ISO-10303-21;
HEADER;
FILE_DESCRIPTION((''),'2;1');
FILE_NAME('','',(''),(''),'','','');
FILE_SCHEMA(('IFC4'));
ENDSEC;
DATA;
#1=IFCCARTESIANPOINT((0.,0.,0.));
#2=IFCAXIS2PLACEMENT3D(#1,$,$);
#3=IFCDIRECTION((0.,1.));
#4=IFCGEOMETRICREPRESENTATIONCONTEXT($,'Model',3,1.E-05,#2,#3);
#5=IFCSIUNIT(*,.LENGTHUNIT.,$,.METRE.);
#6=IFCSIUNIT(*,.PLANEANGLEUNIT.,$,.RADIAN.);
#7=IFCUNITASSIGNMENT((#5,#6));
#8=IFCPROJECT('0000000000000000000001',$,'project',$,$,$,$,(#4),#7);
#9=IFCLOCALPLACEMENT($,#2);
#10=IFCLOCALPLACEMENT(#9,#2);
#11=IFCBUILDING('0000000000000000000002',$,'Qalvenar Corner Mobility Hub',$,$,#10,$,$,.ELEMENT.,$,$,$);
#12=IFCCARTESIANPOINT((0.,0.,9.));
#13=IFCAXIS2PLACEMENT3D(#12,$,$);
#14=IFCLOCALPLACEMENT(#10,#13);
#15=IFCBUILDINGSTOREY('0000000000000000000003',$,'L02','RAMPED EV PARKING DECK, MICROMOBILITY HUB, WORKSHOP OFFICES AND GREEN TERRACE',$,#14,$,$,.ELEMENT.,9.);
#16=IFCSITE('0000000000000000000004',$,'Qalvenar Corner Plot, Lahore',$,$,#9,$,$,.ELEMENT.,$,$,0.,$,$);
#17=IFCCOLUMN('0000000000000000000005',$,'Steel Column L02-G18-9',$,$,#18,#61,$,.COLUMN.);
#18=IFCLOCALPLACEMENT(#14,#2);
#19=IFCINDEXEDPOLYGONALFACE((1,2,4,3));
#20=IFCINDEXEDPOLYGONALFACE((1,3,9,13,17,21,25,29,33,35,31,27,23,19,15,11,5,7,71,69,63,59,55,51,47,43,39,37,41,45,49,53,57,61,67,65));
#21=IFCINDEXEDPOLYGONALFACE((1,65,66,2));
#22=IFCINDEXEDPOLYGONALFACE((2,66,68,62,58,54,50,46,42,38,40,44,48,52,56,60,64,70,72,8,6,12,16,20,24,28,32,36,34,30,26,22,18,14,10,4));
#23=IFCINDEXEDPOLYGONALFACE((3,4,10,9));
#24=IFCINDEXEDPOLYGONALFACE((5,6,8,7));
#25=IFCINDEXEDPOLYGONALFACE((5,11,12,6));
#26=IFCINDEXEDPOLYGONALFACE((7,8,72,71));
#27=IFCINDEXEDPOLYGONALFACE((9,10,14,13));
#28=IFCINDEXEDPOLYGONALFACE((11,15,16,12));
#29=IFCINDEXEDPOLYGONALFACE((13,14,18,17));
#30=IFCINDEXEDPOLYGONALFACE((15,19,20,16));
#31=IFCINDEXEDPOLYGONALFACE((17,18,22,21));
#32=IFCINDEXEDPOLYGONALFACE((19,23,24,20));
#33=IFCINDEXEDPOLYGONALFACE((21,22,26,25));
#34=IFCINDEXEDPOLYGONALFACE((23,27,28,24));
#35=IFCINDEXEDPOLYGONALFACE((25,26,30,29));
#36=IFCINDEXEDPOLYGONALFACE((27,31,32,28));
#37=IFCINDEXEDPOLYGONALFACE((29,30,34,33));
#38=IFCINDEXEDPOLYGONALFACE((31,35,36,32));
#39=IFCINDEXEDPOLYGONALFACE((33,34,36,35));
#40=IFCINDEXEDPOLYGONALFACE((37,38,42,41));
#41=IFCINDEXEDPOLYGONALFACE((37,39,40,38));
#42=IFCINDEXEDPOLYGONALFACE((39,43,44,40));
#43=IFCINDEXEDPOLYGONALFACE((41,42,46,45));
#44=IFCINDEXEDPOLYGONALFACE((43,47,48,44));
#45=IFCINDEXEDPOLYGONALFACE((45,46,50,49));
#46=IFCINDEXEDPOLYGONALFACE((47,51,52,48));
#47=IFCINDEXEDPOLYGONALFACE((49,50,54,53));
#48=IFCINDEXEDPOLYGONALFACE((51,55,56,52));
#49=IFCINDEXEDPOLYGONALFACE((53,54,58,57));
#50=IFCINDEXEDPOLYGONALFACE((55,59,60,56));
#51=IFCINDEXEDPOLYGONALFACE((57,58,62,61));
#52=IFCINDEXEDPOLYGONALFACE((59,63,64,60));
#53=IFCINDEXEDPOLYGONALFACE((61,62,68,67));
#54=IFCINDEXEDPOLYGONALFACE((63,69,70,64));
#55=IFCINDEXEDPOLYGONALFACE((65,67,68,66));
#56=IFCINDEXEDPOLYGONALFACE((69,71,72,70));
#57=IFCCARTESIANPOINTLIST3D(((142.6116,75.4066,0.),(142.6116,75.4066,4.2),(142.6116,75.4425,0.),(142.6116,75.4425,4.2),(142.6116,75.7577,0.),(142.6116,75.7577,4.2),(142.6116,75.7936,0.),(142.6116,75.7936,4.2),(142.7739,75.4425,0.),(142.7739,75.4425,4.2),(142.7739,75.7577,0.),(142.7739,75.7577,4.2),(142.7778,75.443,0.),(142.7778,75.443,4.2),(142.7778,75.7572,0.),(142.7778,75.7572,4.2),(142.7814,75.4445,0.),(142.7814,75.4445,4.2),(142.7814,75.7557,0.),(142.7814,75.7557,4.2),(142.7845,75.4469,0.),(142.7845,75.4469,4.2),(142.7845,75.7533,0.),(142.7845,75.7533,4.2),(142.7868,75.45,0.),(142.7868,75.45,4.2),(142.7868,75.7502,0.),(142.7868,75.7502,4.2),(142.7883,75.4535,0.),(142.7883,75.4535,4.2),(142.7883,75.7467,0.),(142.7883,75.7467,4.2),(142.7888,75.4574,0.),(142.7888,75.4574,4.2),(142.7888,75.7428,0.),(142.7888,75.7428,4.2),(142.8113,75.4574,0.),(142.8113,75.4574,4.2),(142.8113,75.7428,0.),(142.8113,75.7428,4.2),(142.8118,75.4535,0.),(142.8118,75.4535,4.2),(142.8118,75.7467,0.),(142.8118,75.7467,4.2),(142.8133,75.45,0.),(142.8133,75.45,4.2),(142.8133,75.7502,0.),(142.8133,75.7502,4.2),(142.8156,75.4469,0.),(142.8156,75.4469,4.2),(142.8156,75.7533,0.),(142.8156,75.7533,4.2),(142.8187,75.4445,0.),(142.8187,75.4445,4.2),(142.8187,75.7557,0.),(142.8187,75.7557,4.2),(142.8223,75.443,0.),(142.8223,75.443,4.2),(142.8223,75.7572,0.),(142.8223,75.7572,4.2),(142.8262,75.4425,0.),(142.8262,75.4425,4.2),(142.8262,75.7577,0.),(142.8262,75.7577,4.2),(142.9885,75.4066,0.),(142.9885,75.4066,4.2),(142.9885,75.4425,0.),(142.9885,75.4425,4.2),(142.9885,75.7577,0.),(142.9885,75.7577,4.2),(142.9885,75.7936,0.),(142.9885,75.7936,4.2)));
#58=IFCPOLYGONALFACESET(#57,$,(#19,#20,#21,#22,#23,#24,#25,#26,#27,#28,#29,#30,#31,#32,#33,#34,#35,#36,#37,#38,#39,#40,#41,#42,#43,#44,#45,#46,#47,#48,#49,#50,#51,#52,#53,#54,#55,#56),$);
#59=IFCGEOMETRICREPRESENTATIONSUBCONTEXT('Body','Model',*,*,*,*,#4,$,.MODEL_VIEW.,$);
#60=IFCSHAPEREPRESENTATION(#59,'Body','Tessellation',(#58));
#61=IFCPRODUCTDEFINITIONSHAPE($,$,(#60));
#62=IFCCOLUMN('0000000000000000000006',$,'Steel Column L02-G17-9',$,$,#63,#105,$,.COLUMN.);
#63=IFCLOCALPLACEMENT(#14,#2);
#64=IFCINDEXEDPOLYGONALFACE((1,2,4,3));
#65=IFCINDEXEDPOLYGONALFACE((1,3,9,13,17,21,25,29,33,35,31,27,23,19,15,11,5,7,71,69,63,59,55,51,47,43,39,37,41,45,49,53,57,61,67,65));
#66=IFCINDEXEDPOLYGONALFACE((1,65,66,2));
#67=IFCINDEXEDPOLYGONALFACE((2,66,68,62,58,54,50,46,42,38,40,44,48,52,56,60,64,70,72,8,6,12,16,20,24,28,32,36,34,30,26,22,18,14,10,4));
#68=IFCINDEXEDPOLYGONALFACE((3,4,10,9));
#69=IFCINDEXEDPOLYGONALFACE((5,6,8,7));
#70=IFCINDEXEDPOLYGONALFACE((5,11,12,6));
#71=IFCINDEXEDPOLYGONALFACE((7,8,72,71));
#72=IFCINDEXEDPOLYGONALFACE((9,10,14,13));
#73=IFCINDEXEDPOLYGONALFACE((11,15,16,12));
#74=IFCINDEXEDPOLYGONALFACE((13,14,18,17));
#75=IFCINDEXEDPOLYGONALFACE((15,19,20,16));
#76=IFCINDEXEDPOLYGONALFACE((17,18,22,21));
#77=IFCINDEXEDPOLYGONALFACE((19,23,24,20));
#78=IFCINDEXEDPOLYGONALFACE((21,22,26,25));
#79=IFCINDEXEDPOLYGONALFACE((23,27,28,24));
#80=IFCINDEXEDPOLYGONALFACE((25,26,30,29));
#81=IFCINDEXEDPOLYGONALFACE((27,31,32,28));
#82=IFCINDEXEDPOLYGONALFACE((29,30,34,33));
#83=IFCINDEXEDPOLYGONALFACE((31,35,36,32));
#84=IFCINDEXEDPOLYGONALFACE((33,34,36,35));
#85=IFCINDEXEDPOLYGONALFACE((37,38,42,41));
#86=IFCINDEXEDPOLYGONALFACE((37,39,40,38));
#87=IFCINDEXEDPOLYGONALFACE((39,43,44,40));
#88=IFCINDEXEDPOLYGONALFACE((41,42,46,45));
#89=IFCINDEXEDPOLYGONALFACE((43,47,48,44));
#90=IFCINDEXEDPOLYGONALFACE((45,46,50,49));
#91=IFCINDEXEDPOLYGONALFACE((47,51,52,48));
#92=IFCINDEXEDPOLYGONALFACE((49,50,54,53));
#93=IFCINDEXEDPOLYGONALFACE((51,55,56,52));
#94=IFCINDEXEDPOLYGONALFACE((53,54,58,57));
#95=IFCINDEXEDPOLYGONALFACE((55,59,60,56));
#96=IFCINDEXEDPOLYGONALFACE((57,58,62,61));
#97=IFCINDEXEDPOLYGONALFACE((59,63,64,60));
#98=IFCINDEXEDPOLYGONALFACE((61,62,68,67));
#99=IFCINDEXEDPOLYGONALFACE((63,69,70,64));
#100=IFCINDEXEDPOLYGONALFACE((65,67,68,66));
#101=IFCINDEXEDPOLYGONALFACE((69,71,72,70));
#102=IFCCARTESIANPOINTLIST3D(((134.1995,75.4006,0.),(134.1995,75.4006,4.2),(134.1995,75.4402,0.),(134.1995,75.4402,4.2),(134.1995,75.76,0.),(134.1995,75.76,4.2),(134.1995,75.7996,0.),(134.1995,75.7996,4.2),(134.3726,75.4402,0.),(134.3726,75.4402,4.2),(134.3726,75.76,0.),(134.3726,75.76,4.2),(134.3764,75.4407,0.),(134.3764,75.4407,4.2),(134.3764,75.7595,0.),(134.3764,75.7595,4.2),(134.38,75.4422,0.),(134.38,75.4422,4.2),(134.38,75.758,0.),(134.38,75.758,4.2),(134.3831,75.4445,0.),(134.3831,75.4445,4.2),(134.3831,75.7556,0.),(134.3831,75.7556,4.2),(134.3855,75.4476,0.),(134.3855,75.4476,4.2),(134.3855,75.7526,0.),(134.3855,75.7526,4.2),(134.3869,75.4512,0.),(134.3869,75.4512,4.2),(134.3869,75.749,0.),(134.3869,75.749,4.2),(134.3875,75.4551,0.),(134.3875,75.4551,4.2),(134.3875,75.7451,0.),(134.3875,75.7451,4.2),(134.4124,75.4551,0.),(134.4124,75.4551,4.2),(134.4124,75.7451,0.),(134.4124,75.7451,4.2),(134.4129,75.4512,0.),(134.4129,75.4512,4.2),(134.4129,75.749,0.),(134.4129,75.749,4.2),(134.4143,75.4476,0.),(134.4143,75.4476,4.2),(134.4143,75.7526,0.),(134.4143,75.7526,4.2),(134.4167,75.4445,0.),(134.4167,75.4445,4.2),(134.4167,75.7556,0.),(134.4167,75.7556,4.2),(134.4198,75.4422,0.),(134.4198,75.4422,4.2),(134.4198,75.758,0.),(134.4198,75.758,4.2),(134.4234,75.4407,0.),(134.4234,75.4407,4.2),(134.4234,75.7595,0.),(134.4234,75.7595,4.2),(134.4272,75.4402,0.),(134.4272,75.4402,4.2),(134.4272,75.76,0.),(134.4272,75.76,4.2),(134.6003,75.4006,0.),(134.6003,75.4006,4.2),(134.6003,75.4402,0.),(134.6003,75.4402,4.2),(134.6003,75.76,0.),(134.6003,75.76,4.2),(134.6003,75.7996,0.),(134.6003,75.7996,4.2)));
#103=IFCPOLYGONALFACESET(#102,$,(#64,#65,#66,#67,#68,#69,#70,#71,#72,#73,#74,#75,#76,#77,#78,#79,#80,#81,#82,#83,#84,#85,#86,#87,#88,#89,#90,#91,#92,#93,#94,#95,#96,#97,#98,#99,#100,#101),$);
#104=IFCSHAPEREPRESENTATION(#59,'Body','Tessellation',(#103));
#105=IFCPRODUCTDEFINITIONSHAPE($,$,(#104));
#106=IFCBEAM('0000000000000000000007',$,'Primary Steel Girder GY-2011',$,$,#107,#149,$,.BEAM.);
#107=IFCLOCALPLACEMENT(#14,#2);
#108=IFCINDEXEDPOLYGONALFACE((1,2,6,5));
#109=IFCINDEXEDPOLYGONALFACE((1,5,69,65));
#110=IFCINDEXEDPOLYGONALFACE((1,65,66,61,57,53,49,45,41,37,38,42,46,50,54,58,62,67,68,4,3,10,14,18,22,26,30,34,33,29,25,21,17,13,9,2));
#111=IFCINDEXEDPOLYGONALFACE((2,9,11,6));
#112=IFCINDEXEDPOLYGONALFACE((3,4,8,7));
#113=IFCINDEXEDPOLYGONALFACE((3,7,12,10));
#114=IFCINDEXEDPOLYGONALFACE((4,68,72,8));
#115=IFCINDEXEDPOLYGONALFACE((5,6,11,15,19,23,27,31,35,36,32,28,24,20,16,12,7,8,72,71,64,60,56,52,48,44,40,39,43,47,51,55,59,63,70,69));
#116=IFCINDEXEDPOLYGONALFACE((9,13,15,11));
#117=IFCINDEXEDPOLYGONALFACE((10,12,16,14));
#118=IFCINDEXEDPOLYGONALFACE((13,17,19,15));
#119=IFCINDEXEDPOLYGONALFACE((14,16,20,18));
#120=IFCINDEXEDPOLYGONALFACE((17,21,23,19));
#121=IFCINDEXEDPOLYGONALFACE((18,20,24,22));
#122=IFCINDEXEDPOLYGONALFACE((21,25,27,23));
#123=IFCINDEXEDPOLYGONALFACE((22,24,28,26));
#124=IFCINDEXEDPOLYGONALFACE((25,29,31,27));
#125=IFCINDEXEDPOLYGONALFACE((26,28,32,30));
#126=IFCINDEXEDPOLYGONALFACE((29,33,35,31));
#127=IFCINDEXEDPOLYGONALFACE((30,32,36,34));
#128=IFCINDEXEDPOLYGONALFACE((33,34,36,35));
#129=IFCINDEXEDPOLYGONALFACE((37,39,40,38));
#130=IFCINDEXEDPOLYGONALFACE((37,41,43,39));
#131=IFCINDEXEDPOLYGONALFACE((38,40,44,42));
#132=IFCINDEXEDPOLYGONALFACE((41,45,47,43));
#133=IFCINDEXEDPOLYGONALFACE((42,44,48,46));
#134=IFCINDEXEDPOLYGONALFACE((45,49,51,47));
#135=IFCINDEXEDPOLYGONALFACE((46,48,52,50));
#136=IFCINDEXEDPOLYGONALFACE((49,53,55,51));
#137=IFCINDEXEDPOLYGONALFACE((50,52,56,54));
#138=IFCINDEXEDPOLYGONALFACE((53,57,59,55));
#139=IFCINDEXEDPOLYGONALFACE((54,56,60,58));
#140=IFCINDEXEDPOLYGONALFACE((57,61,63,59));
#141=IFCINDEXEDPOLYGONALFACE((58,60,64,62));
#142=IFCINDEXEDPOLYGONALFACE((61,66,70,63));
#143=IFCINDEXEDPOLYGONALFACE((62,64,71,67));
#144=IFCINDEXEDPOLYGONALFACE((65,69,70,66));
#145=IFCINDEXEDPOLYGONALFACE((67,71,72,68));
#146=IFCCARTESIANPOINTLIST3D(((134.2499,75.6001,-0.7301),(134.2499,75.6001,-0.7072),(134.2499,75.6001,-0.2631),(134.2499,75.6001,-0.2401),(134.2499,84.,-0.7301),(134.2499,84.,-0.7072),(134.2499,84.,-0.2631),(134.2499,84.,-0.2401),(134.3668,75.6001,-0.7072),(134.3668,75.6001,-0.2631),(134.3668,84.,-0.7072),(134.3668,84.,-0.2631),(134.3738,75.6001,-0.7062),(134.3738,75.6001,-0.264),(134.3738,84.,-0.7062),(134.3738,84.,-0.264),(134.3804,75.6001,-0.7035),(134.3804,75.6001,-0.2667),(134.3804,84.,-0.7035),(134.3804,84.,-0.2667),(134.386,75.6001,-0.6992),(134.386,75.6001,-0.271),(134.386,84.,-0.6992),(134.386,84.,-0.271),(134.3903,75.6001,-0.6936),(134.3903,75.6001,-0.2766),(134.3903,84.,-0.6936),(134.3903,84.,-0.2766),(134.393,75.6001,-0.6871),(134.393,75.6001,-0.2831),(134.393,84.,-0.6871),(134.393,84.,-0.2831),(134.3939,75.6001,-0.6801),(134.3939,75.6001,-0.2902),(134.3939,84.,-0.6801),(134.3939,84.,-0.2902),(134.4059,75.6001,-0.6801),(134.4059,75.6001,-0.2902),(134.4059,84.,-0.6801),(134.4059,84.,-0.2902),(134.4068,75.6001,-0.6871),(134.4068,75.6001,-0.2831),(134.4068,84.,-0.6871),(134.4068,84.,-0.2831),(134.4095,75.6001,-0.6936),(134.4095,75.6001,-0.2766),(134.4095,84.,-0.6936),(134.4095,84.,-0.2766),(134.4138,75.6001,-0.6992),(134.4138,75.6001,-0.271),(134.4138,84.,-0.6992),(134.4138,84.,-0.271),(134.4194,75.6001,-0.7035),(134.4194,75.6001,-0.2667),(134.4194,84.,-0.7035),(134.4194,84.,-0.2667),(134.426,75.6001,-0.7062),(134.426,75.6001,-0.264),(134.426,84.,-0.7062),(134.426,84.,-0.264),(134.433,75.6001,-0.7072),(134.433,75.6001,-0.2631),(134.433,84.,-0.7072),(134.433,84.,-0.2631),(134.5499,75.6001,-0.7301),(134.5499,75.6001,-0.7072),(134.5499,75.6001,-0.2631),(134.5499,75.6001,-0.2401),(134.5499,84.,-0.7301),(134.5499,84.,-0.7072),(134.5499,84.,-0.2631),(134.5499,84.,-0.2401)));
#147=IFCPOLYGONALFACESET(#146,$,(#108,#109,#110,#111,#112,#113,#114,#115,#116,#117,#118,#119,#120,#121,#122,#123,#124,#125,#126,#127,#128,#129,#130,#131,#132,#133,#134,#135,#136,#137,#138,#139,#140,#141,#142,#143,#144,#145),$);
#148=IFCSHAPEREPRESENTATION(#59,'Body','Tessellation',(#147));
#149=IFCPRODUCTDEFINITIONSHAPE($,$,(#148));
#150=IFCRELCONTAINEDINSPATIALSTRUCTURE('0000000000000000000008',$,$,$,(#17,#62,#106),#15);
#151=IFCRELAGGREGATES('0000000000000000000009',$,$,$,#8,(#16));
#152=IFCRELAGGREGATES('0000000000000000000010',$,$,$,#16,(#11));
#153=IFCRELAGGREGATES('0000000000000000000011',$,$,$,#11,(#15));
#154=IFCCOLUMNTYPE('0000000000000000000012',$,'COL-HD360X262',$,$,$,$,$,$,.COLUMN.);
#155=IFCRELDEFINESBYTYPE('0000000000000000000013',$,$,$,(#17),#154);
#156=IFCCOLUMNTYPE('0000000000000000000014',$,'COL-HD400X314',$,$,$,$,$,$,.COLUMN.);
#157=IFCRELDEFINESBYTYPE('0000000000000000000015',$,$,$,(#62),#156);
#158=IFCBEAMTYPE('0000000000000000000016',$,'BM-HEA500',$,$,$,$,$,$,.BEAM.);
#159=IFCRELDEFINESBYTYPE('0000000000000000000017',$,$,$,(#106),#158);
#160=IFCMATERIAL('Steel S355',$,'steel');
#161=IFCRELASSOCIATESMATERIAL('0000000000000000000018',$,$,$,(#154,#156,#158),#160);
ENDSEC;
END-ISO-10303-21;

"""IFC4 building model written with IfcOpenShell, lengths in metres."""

from ifc_helpers import new_model, si_unit, direction, frame, origin, origin_2d, place, context, subcontext, project, spatial, i_section, extrude, material, material_profile, profile_set, type_object, element, save


model = new_model("IFC4")

# Units and contexts
model_context = context("Model", 3, precision=1e-05, world=origin(), true_north=direction((0.0, 1.0)))
body_context = subcontext(model_context, "Body", "Model", "MODEL_VIEW")
ifc_project = project(units=[si_unit("LENGTHUNIT", "METRE"), si_unit("PLANEANGLEUNIT", "RADIAN")], contexts=[model_context])

# Site, building, storey
site_placement = place(None, origin())
site = spatial("IfcSite", under=ifc_project, at=site_placement, Name="Qalvenar Corner Plot, Lahore", CompositionType="ELEMENT", RefElevation=0.0)
building_placement = place(site_placement, origin())
building = spatial("IfcBuilding", under=site, at=building_placement, Name="Qalvenar Corner Mobility Hub", CompositionType="ELEMENT")
storey_placement = place(building_placement, frame((0.0, 0.0, 9.0)))
storey = spatial("IfcBuildingStorey", under=building, at=storey_placement, Name="L02", Description="RAMPED EV PARKING DECK, MICROMOBILITY HUB, WORKSHOP OFFICES AND GREEN TERRACE", CompositionType="ELEMENT", Elevation=9.0)

# Columns
ifc_material_1 = material(Name="Steel S355", Category="steel")
ifc_material_profile_1 = material_profile(ifc_material_1, i_section(OverallWidth=0.377, OverallDepth=0.387, WebThickness=0.0225, FlangeThickness=0.0359, FilletRadius=0.0149, at=origin_2d()), Name="HD360x262")
ifc_profile_set_1 = profile_set([ifc_material_profile_1], Name="Steel S355")
column_type_1 = type_object("IfcColumnType", Name="COL-HD360X262", PredefinedType="COLUMN", material=ifc_profile_set_1)
column_1_placement = place(storey_placement, frame((142.8, 75.6001, 0.0), z_axis=(0.0, 0.0, 1.0), x_axis=(1.0, 0.0, 0.0)))
element("IfcColumn", 1, at=column_1_placement, inside=storey, type_object=column_type_1, Name="Steel Column L02-G18-9", PredefinedType="COLUMN", context=body_context, shape_type="SweptSolid", body=[
    extrude(i_section(OverallWidth=0.377, OverallDepth=0.387, WebThickness=0.0225, FlangeThickness=0.0359, FilletRadius=0.0149, at=origin_2d()), origin(), (0.0, 0.0, 1.0), 4.2),
])
ifc_material_profile_2 = material_profile(ifc_material_1, i_section(OverallWidth=0.4009, OverallDepth=0.3989, WebThickness=0.0249, FlangeThickness=0.0396, FilletRadius=0.0149, at=origin_2d()), Name="HD400x314")
ifc_profile_set_2 = profile_set([ifc_material_profile_2], Name="Steel S355")
column_type_2 = type_object("IfcColumnType", Name="COL-HD400X314", PredefinedType="COLUMN", material=ifc_profile_set_2)
column_2_placement = place(storey_placement, frame((134.3999, 75.6001, 0.0), z_axis=(0.0, 0.0, 1.0), x_axis=(1.0, 0.0, 0.0)))
element("IfcColumn", 2, at=column_2_placement, inside=storey, type_object=column_type_2, Name="Steel Column L02-G17-9", PredefinedType="COLUMN", context=body_context, shape_type="SweptSolid", body=[
    extrude(i_section(OverallWidth=0.4009, OverallDepth=0.3989, WebThickness=0.0249, FlangeThickness=0.0396, FilletRadius=0.0149, at=origin_2d()), origin(), (0.0, 0.0, 1.0), 4.2),
])

# Beam
ifc_material_profile_3 = material_profile(ifc_material_1, i_section(OverallWidth=0.3, OverallDepth=0.49, WebThickness=0.012, FlangeThickness=0.0229, FilletRadius=0.0271, at=origin_2d()), Name="HEA500")
ifc_profile_set_3 = profile_set([ifc_material_profile_3], Name="Steel S355")
beam_type_1 = type_object("IfcBeamType", Name="BM-HEA500", PredefinedType="BEAM", material=ifc_profile_set_3)
beam_1_placement = place(storey_placement, frame((134.3999, 75.6001, -0.4851), z_axis=(0.0, 1.0, 0.0), x_axis=(-1.0, 0.0, 0.0)))
element("IfcBeam", 3, at=beam_1_placement, inside=storey, type_object=beam_type_1, Name="Primary Steel Girder GY-2011", PredefinedType="BEAM", context=body_context, shape_type="SweptSolid", body=[
    extrude(i_section(OverallWidth=0.3, OverallDepth=0.49, WebThickness=0.012, FlangeThickness=0.0229, FilletRadius=0.0271, at=origin_2d()), origin(), (0.0, 0.0, 1.0), 8.3999),
])

save(model, "model.ifc")
